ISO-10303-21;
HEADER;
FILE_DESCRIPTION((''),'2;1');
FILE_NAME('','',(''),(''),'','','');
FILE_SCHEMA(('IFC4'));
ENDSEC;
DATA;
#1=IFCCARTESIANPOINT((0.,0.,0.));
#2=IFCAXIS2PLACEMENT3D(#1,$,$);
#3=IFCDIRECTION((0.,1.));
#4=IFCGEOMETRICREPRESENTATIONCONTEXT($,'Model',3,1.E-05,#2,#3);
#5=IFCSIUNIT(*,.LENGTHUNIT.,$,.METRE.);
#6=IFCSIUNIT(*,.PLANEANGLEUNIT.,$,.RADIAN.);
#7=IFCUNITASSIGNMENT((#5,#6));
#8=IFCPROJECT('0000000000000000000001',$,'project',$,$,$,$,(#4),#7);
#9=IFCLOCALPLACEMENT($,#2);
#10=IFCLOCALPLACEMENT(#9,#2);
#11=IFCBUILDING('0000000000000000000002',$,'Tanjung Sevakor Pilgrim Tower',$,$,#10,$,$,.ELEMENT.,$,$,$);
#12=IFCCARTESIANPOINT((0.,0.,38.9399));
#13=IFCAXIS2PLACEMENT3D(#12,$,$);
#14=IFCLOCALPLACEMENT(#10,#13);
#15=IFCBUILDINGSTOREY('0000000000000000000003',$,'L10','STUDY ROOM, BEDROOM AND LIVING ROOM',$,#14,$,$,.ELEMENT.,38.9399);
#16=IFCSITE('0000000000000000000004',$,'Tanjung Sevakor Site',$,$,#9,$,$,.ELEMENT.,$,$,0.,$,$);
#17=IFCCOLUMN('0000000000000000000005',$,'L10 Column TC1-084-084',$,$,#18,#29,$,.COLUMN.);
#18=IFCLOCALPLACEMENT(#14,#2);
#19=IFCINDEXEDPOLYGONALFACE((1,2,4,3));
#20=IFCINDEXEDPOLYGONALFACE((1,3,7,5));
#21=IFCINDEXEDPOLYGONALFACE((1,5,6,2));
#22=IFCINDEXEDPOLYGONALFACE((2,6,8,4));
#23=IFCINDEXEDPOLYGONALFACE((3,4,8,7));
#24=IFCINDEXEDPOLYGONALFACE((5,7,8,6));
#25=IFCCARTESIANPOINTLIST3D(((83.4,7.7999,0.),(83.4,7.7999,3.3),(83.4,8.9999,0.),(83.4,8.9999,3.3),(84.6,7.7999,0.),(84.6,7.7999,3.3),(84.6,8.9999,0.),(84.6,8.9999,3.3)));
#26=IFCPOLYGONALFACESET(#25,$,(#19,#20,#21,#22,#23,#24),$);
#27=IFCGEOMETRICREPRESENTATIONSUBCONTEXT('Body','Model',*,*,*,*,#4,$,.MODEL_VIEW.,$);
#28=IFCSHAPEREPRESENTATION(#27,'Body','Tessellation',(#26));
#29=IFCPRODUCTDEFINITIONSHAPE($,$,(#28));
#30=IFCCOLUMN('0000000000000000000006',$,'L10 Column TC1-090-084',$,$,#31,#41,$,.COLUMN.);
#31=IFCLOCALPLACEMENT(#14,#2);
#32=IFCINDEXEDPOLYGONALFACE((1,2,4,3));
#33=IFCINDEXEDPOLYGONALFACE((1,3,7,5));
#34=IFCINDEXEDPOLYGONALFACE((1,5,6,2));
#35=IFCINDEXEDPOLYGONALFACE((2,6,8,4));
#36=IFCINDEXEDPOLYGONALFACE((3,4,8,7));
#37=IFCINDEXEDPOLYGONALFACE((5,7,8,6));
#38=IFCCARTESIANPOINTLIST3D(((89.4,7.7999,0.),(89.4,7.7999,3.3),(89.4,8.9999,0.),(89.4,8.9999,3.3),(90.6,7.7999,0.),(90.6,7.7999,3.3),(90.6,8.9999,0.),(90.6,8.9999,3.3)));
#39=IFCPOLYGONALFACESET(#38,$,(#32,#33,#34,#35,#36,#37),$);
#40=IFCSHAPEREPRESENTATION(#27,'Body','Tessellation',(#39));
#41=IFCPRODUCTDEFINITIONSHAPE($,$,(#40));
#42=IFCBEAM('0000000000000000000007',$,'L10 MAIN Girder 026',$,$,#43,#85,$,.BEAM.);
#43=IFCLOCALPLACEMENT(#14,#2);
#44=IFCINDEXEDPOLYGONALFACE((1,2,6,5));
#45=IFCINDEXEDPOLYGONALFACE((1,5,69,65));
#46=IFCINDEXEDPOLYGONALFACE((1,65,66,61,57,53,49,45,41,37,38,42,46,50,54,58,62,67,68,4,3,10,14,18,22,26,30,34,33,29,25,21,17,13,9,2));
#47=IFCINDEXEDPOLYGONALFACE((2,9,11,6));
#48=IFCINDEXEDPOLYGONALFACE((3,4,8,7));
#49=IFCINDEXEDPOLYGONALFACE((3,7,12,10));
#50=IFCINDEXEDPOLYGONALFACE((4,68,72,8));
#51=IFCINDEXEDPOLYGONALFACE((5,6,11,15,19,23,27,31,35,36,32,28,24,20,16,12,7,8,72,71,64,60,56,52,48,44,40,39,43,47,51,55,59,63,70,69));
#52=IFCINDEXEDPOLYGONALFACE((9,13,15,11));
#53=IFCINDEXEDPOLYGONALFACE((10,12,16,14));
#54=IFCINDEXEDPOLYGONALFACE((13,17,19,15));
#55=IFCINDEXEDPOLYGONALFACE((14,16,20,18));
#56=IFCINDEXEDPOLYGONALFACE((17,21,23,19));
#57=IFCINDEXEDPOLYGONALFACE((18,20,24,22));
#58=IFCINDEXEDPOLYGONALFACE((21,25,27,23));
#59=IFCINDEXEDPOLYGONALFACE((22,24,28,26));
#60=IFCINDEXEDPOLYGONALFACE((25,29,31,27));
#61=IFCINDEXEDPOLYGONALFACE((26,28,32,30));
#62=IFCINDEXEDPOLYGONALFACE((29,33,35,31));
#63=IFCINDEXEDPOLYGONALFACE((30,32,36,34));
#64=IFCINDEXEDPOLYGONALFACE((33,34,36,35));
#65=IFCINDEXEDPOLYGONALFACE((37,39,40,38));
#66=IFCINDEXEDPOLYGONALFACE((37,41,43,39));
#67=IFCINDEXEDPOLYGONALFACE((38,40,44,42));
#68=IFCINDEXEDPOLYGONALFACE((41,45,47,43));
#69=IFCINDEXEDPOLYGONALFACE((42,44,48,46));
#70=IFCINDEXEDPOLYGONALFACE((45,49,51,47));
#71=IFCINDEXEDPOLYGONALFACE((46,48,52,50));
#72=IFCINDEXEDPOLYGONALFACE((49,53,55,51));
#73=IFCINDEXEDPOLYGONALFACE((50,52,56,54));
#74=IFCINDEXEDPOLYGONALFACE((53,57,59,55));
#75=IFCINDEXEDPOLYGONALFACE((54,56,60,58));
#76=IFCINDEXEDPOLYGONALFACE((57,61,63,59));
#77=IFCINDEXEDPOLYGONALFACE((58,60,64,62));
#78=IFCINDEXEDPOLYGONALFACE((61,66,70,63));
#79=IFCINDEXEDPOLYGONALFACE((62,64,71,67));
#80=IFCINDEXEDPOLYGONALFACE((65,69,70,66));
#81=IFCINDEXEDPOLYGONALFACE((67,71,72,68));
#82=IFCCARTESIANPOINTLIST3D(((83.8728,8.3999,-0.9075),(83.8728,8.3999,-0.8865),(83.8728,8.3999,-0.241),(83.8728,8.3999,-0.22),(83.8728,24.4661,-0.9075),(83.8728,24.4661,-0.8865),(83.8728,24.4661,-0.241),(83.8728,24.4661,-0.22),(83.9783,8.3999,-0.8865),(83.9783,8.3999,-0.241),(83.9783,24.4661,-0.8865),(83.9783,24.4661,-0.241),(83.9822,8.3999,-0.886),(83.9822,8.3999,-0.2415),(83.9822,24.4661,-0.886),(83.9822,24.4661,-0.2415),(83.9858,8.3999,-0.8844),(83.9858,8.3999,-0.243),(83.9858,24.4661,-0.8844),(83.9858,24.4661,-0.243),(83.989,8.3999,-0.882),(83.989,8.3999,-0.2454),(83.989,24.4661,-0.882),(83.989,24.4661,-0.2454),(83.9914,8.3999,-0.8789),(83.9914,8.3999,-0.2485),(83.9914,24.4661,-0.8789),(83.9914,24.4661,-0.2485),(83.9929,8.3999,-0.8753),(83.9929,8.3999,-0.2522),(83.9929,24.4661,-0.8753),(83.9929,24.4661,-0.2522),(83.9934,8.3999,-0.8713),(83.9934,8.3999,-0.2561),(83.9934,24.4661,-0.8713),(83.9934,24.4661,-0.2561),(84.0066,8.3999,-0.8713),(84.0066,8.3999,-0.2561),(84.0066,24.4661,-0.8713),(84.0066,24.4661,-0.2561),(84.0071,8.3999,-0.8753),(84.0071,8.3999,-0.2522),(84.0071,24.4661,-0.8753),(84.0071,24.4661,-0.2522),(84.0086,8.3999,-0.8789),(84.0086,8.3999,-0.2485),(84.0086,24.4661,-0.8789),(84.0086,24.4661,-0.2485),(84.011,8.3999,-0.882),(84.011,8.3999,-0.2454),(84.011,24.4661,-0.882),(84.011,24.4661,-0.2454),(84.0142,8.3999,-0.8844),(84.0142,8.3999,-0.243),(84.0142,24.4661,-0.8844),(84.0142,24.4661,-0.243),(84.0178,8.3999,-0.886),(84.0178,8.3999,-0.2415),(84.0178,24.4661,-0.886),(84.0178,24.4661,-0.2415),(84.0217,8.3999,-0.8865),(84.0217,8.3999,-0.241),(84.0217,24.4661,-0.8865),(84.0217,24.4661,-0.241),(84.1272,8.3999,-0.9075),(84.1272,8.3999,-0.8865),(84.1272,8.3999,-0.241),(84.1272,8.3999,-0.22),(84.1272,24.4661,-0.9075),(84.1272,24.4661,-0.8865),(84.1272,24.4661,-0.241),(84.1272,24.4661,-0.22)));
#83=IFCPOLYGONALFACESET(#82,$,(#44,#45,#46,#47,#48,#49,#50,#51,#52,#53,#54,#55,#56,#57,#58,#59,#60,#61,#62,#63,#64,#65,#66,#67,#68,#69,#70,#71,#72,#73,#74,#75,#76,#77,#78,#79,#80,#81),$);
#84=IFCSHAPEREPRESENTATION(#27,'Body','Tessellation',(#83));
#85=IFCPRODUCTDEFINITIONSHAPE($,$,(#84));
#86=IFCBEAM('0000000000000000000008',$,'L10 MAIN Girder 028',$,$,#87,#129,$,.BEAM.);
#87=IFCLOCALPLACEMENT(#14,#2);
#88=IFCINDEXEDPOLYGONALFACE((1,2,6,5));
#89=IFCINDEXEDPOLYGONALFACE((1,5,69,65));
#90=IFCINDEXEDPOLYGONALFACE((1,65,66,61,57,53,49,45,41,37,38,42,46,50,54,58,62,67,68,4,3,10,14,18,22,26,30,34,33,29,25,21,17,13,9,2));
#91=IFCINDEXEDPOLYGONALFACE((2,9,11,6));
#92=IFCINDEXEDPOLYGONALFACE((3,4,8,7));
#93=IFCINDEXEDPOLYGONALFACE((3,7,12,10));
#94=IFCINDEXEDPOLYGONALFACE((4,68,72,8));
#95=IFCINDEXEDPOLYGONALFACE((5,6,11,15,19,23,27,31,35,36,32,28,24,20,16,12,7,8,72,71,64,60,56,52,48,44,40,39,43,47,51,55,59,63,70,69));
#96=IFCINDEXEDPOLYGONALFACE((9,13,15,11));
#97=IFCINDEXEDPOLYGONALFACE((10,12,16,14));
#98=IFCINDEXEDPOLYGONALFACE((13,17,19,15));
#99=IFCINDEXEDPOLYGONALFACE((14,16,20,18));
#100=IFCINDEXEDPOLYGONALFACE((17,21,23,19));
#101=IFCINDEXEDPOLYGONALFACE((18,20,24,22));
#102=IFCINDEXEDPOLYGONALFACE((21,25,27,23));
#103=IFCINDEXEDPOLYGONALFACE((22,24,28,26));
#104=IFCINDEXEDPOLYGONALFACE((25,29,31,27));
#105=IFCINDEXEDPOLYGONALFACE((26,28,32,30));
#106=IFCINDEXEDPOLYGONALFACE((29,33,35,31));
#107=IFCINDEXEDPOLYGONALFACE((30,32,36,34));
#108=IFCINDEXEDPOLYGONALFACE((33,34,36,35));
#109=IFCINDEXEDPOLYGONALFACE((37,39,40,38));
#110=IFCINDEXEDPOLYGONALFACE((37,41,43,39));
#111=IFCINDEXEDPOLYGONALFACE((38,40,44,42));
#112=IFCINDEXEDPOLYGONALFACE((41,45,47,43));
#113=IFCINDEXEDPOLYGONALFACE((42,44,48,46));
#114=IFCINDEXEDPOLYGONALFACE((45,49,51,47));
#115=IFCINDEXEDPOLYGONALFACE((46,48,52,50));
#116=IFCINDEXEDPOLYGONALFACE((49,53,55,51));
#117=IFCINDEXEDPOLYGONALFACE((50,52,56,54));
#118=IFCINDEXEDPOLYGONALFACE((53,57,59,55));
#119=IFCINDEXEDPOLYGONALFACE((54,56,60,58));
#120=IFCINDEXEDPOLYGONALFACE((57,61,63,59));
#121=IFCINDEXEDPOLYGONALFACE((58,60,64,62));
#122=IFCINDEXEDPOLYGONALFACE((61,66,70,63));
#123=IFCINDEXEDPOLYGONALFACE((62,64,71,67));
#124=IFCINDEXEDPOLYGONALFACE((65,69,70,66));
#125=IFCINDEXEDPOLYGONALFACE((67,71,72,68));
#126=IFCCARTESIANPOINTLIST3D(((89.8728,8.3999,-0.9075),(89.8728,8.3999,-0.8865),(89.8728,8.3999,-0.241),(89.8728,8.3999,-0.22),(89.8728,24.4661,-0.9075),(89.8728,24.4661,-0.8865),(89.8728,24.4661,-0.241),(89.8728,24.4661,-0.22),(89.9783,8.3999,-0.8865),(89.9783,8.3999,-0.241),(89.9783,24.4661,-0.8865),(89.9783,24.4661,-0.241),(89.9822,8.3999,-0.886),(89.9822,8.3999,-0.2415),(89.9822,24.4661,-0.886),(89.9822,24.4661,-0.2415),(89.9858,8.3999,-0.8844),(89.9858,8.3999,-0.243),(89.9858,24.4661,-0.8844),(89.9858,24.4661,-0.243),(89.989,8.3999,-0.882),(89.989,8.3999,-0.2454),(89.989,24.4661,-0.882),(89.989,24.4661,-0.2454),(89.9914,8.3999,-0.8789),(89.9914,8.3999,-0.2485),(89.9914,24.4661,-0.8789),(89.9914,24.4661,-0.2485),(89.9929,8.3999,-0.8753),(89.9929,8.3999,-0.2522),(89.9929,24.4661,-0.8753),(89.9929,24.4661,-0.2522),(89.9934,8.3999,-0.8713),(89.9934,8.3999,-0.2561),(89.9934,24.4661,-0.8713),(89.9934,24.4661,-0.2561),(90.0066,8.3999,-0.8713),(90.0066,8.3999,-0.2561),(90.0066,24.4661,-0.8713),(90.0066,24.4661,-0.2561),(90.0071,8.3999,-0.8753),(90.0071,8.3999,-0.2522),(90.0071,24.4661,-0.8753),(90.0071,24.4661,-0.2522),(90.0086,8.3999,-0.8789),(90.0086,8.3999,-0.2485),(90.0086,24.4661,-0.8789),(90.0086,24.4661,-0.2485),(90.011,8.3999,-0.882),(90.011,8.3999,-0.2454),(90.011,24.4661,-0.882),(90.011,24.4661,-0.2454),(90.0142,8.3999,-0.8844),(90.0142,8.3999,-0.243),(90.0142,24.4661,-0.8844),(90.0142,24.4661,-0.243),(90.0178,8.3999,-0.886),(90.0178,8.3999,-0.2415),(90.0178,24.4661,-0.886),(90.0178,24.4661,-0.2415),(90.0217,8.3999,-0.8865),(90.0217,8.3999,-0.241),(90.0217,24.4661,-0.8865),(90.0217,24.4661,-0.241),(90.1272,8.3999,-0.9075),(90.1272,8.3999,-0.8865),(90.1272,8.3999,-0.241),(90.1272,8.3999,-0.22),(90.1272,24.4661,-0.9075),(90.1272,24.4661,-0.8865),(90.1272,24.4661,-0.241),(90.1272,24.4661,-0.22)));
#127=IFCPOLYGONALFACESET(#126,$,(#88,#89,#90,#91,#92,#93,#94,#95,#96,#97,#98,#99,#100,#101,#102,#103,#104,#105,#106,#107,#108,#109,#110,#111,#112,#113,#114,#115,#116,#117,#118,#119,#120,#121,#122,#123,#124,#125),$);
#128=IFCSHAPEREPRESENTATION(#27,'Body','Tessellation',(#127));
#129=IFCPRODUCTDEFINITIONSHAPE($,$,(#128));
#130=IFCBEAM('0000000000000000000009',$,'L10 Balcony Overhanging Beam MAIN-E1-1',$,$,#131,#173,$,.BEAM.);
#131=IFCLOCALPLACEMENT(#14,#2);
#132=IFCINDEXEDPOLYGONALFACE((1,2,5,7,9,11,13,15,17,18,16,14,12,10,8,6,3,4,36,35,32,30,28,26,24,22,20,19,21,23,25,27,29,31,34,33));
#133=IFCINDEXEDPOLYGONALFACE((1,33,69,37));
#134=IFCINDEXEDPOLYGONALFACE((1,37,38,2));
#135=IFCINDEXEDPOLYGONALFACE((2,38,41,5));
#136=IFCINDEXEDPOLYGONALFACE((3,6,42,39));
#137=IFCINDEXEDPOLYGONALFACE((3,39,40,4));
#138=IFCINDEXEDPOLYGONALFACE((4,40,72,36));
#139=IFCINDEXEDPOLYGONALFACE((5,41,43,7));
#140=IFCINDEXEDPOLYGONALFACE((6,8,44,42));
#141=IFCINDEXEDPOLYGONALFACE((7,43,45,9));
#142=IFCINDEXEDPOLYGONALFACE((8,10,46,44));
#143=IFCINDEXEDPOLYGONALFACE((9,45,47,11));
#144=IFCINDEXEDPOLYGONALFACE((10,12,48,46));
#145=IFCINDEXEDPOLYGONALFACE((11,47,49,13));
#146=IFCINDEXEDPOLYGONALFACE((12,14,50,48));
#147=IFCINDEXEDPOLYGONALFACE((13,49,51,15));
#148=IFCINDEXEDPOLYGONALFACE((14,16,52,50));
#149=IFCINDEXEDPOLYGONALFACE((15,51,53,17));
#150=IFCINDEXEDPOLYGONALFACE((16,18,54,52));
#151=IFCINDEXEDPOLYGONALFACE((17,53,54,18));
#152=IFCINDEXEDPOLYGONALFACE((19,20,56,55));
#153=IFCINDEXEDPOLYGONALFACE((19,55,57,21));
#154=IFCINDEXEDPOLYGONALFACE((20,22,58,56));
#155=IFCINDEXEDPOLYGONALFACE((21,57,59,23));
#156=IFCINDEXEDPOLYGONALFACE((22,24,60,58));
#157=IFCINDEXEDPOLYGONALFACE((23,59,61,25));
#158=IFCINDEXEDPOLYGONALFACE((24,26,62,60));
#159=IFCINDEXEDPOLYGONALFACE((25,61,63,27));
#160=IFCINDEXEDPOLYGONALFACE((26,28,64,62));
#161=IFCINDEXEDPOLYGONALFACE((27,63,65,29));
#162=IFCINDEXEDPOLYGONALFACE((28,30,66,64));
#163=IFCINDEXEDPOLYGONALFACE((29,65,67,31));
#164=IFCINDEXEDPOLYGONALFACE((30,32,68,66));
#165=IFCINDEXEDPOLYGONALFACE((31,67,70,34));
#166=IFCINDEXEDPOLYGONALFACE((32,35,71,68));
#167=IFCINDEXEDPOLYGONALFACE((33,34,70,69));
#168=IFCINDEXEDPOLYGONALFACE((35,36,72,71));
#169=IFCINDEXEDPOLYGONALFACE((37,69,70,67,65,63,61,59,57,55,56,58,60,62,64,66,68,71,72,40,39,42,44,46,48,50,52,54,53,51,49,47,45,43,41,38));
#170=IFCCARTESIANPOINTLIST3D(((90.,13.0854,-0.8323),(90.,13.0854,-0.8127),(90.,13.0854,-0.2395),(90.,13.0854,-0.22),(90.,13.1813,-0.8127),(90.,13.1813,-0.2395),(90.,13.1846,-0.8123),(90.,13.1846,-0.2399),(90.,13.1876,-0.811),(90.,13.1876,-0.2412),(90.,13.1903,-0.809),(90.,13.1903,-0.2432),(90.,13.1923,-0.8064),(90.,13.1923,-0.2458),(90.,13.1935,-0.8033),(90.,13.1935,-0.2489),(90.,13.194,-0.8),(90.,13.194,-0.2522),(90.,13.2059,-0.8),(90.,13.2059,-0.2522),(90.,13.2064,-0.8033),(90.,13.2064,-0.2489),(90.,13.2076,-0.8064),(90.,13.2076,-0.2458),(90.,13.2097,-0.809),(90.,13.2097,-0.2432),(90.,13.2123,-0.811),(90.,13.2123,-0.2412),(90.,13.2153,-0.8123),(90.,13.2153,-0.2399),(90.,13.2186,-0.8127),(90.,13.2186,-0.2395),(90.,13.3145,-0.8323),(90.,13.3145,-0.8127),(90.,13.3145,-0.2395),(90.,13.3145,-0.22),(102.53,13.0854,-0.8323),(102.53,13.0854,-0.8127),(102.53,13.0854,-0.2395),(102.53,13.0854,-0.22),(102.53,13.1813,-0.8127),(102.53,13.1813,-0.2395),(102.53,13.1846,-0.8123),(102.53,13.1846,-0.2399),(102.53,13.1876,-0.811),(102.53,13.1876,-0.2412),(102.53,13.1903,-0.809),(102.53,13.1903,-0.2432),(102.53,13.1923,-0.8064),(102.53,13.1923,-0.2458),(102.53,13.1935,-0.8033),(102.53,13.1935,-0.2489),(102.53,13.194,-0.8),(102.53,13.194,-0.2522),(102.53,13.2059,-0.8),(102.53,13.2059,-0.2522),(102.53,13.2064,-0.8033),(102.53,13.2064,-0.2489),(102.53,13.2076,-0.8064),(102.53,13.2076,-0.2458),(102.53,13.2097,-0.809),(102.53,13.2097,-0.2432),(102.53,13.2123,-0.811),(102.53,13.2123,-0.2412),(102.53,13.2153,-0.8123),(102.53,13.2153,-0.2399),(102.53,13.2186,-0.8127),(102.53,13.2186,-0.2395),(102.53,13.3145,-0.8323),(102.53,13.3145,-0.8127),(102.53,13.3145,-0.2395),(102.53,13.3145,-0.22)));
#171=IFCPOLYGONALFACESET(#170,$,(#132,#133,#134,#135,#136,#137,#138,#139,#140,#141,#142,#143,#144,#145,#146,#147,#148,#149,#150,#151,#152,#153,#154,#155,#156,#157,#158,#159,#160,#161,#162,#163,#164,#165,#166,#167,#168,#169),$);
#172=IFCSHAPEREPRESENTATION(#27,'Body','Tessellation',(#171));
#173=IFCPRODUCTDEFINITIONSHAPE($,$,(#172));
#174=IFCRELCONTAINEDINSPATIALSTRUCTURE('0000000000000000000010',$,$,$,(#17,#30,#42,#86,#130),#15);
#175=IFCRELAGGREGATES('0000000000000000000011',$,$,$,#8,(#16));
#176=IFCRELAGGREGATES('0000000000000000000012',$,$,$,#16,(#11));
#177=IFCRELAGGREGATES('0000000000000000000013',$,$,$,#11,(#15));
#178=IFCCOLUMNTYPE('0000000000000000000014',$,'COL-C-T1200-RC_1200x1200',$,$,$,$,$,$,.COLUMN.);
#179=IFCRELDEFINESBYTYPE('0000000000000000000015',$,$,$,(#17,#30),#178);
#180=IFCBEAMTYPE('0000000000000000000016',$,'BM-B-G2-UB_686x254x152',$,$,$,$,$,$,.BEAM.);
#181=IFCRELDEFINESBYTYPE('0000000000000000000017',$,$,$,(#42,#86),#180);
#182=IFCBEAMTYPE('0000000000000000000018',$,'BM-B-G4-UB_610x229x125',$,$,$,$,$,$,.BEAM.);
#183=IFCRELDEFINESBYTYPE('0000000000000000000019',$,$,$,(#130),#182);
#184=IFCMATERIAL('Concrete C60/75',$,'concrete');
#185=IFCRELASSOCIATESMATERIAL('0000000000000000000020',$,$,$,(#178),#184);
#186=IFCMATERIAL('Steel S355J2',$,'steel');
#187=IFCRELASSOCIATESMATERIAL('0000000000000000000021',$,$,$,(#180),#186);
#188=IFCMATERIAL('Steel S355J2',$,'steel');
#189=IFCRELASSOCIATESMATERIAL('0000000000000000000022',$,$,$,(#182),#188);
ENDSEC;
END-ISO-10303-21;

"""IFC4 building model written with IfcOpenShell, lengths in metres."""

from ifc_helpers import new_model, si_unit, direction, frame, origin, origin_2d, place, context, subcontext, project, spatial, rectangle, i_section, extrude, material, material_profile, profile_set, type_object, element, save


model = new_model("IFC4")

# Units and contexts
model_context = context("Model", 3, precision=1e-05, world=origin(), true_north=direction((0.0, 1.0)))
body_context = subcontext(model_context, "Body", "Model", "MODEL_VIEW")
ifc_project = project(units=[si_unit("LENGTHUNIT", "METRE"), si_unit("PLANEANGLEUNIT", "RADIAN")], contexts=[model_context])

# Site, building, storey
site_placement = place(None, origin())
site = spatial("IfcSite", under=ifc_project, at=site_placement, Name="Tanjung Sevakor Site", CompositionType="ELEMENT", RefElevation=0.0)
building_placement = place(site_placement, origin())
building = spatial("IfcBuilding", under=site, at=building_placement, Name="Tanjung Sevakor Pilgrim Tower", CompositionType="ELEMENT")
storey_placement = place(building_placement, frame((0.0, 0.0, 38.9399)))
storey = spatial("IfcBuildingStorey", under=building, at=storey_placement, Name="L10", Description="STUDY ROOM, BEDROOM AND LIVING ROOM", CompositionType="ELEMENT", Elevation=38.9399)

# Columns
ifc_material_1 = material(Name="Concrete C60/75", Category="concrete")
ifc_material_profile_1 = material_profile(ifc_material_1, rectangle(XDim=1.2, YDim=1.2, at=origin_2d()))
ifc_profile_set_1 = profile_set([ifc_material_profile_1], Name="Concrete C60/75")
column_type = type_object("IfcColumnType", Name="COL-C-T1200-RC_1200x1200", PredefinedType="COLUMN", material=ifc_profile_set_1)
for number, where, z_axis, x_axis, name in (
    (1, (84.0, 8.3999, 0.0), (0.0, 0.0, 1.0), (1.0, 0.0, 0.0), "L10 Column TC1-084-084"),
    (2, (90.0, 8.3999, 0.0), (0.0, 0.0, 1.0), (1.0, 0.0, 0.0), "L10 Column TC1-090-084"),
):
    element("IfcColumn", number, at=place(storey_placement, frame(where, z_axis=z_axis, x_axis=x_axis)), inside=storey, type_object=column_type, Name=name, PredefinedType="COLUMN", context=body_context, shape_type="SweptSolid", body=[
        extrude(rectangle(XDim=1.2, YDim=1.2, at=origin_2d()), origin(), (0.0, 0.0, 1.0), 3.3),
    ])

# Beams
ifc_material_2 = material(Name="Steel S355J2", Category="steel")
ifc_material_profile_2 = material_profile(ifc_material_2, i_section(OverallWidth=0.2544, OverallDepth=0.6875, WebThickness=0.0132, FlangeThickness=0.021, FilletRadius=0.0151, at=origin_2d()))
ifc_profile_set_2 = profile_set([ifc_material_profile_2], Name="Steel S355J2")
beam_type_1 = type_object("IfcBeamType", Name="BM-B-G2-UB_686x254x152", PredefinedType="BEAM", material=ifc_profile_set_2)
for number, where, z_axis, x_axis, name in (
    (3, (84.0, 8.3999, -0.5637), (0.0, 1.0, 0.0), (-1.0, 0.0, 0.0), "L10 MAIN Girder 026"),
    (4, (90.0, 8.3999, -0.5637), (0.0, 1.0, 0.0), (-1.0, 0.0, 0.0), "L10 MAIN Girder 028"),
):
    element("IfcBeam", number, at=place(storey_placement, frame(where, z_axis=z_axis, x_axis=x_axis)), inside=storey, type_object=beam_type_1, Name=name, PredefinedType="BEAM", context=body_context, shape_type="SweptSolid", body=[
        extrude(i_section(OverallWidth=0.2544, OverallDepth=0.6875, WebThickness=0.0132, FlangeThickness=0.021, FilletRadius=0.0151, at=origin_2d()), origin(), (0.0, 0.0, 1.0), 16.0662),
    ])
ifc_material_3 = material(Name="Steel S355J2", Category="steel")
ifc_material_profile_3 = material_profile(ifc_material_3, i_section(OverallWidth=0.229, OverallDepth=0.6123, WebThickness=0.012, FlangeThickness=0.0195, FilletRadius=0.0127, at=origin_2d()))
ifc_profile_set_3 = profile_set([ifc_material_profile_3], Name="Steel S355J2")
beam_type_2 = type_object("IfcBeamType", Name="BM-B-G4-UB_610x229x125", PredefinedType="BEAM", material=ifc_profile_set_3)
beam_1_placement = place(storey_placement, frame((90.0, 13.2, -0.5261), z_axis=(1.0, 0.0, 0.0), x_axis=(0.0, 1.0, 0.0)))
element("IfcBeam", 5, at=beam_1_placement, inside=storey, type_object=beam_type_2, Name="L10 Balcony Overhanging Beam MAIN-E1-1", PredefinedType="BEAM", context=body_context, shape_type="SweptSolid", body=[
    extrude(i_section(OverallWidth=0.229, OverallDepth=0.6123, WebThickness=0.012, FlangeThickness=0.0195, FilletRadius=0.0127, at=origin_2d()), origin(), (0.0, 0.0, 1.0), 12.53),
])

save(model, "model.ifc")
